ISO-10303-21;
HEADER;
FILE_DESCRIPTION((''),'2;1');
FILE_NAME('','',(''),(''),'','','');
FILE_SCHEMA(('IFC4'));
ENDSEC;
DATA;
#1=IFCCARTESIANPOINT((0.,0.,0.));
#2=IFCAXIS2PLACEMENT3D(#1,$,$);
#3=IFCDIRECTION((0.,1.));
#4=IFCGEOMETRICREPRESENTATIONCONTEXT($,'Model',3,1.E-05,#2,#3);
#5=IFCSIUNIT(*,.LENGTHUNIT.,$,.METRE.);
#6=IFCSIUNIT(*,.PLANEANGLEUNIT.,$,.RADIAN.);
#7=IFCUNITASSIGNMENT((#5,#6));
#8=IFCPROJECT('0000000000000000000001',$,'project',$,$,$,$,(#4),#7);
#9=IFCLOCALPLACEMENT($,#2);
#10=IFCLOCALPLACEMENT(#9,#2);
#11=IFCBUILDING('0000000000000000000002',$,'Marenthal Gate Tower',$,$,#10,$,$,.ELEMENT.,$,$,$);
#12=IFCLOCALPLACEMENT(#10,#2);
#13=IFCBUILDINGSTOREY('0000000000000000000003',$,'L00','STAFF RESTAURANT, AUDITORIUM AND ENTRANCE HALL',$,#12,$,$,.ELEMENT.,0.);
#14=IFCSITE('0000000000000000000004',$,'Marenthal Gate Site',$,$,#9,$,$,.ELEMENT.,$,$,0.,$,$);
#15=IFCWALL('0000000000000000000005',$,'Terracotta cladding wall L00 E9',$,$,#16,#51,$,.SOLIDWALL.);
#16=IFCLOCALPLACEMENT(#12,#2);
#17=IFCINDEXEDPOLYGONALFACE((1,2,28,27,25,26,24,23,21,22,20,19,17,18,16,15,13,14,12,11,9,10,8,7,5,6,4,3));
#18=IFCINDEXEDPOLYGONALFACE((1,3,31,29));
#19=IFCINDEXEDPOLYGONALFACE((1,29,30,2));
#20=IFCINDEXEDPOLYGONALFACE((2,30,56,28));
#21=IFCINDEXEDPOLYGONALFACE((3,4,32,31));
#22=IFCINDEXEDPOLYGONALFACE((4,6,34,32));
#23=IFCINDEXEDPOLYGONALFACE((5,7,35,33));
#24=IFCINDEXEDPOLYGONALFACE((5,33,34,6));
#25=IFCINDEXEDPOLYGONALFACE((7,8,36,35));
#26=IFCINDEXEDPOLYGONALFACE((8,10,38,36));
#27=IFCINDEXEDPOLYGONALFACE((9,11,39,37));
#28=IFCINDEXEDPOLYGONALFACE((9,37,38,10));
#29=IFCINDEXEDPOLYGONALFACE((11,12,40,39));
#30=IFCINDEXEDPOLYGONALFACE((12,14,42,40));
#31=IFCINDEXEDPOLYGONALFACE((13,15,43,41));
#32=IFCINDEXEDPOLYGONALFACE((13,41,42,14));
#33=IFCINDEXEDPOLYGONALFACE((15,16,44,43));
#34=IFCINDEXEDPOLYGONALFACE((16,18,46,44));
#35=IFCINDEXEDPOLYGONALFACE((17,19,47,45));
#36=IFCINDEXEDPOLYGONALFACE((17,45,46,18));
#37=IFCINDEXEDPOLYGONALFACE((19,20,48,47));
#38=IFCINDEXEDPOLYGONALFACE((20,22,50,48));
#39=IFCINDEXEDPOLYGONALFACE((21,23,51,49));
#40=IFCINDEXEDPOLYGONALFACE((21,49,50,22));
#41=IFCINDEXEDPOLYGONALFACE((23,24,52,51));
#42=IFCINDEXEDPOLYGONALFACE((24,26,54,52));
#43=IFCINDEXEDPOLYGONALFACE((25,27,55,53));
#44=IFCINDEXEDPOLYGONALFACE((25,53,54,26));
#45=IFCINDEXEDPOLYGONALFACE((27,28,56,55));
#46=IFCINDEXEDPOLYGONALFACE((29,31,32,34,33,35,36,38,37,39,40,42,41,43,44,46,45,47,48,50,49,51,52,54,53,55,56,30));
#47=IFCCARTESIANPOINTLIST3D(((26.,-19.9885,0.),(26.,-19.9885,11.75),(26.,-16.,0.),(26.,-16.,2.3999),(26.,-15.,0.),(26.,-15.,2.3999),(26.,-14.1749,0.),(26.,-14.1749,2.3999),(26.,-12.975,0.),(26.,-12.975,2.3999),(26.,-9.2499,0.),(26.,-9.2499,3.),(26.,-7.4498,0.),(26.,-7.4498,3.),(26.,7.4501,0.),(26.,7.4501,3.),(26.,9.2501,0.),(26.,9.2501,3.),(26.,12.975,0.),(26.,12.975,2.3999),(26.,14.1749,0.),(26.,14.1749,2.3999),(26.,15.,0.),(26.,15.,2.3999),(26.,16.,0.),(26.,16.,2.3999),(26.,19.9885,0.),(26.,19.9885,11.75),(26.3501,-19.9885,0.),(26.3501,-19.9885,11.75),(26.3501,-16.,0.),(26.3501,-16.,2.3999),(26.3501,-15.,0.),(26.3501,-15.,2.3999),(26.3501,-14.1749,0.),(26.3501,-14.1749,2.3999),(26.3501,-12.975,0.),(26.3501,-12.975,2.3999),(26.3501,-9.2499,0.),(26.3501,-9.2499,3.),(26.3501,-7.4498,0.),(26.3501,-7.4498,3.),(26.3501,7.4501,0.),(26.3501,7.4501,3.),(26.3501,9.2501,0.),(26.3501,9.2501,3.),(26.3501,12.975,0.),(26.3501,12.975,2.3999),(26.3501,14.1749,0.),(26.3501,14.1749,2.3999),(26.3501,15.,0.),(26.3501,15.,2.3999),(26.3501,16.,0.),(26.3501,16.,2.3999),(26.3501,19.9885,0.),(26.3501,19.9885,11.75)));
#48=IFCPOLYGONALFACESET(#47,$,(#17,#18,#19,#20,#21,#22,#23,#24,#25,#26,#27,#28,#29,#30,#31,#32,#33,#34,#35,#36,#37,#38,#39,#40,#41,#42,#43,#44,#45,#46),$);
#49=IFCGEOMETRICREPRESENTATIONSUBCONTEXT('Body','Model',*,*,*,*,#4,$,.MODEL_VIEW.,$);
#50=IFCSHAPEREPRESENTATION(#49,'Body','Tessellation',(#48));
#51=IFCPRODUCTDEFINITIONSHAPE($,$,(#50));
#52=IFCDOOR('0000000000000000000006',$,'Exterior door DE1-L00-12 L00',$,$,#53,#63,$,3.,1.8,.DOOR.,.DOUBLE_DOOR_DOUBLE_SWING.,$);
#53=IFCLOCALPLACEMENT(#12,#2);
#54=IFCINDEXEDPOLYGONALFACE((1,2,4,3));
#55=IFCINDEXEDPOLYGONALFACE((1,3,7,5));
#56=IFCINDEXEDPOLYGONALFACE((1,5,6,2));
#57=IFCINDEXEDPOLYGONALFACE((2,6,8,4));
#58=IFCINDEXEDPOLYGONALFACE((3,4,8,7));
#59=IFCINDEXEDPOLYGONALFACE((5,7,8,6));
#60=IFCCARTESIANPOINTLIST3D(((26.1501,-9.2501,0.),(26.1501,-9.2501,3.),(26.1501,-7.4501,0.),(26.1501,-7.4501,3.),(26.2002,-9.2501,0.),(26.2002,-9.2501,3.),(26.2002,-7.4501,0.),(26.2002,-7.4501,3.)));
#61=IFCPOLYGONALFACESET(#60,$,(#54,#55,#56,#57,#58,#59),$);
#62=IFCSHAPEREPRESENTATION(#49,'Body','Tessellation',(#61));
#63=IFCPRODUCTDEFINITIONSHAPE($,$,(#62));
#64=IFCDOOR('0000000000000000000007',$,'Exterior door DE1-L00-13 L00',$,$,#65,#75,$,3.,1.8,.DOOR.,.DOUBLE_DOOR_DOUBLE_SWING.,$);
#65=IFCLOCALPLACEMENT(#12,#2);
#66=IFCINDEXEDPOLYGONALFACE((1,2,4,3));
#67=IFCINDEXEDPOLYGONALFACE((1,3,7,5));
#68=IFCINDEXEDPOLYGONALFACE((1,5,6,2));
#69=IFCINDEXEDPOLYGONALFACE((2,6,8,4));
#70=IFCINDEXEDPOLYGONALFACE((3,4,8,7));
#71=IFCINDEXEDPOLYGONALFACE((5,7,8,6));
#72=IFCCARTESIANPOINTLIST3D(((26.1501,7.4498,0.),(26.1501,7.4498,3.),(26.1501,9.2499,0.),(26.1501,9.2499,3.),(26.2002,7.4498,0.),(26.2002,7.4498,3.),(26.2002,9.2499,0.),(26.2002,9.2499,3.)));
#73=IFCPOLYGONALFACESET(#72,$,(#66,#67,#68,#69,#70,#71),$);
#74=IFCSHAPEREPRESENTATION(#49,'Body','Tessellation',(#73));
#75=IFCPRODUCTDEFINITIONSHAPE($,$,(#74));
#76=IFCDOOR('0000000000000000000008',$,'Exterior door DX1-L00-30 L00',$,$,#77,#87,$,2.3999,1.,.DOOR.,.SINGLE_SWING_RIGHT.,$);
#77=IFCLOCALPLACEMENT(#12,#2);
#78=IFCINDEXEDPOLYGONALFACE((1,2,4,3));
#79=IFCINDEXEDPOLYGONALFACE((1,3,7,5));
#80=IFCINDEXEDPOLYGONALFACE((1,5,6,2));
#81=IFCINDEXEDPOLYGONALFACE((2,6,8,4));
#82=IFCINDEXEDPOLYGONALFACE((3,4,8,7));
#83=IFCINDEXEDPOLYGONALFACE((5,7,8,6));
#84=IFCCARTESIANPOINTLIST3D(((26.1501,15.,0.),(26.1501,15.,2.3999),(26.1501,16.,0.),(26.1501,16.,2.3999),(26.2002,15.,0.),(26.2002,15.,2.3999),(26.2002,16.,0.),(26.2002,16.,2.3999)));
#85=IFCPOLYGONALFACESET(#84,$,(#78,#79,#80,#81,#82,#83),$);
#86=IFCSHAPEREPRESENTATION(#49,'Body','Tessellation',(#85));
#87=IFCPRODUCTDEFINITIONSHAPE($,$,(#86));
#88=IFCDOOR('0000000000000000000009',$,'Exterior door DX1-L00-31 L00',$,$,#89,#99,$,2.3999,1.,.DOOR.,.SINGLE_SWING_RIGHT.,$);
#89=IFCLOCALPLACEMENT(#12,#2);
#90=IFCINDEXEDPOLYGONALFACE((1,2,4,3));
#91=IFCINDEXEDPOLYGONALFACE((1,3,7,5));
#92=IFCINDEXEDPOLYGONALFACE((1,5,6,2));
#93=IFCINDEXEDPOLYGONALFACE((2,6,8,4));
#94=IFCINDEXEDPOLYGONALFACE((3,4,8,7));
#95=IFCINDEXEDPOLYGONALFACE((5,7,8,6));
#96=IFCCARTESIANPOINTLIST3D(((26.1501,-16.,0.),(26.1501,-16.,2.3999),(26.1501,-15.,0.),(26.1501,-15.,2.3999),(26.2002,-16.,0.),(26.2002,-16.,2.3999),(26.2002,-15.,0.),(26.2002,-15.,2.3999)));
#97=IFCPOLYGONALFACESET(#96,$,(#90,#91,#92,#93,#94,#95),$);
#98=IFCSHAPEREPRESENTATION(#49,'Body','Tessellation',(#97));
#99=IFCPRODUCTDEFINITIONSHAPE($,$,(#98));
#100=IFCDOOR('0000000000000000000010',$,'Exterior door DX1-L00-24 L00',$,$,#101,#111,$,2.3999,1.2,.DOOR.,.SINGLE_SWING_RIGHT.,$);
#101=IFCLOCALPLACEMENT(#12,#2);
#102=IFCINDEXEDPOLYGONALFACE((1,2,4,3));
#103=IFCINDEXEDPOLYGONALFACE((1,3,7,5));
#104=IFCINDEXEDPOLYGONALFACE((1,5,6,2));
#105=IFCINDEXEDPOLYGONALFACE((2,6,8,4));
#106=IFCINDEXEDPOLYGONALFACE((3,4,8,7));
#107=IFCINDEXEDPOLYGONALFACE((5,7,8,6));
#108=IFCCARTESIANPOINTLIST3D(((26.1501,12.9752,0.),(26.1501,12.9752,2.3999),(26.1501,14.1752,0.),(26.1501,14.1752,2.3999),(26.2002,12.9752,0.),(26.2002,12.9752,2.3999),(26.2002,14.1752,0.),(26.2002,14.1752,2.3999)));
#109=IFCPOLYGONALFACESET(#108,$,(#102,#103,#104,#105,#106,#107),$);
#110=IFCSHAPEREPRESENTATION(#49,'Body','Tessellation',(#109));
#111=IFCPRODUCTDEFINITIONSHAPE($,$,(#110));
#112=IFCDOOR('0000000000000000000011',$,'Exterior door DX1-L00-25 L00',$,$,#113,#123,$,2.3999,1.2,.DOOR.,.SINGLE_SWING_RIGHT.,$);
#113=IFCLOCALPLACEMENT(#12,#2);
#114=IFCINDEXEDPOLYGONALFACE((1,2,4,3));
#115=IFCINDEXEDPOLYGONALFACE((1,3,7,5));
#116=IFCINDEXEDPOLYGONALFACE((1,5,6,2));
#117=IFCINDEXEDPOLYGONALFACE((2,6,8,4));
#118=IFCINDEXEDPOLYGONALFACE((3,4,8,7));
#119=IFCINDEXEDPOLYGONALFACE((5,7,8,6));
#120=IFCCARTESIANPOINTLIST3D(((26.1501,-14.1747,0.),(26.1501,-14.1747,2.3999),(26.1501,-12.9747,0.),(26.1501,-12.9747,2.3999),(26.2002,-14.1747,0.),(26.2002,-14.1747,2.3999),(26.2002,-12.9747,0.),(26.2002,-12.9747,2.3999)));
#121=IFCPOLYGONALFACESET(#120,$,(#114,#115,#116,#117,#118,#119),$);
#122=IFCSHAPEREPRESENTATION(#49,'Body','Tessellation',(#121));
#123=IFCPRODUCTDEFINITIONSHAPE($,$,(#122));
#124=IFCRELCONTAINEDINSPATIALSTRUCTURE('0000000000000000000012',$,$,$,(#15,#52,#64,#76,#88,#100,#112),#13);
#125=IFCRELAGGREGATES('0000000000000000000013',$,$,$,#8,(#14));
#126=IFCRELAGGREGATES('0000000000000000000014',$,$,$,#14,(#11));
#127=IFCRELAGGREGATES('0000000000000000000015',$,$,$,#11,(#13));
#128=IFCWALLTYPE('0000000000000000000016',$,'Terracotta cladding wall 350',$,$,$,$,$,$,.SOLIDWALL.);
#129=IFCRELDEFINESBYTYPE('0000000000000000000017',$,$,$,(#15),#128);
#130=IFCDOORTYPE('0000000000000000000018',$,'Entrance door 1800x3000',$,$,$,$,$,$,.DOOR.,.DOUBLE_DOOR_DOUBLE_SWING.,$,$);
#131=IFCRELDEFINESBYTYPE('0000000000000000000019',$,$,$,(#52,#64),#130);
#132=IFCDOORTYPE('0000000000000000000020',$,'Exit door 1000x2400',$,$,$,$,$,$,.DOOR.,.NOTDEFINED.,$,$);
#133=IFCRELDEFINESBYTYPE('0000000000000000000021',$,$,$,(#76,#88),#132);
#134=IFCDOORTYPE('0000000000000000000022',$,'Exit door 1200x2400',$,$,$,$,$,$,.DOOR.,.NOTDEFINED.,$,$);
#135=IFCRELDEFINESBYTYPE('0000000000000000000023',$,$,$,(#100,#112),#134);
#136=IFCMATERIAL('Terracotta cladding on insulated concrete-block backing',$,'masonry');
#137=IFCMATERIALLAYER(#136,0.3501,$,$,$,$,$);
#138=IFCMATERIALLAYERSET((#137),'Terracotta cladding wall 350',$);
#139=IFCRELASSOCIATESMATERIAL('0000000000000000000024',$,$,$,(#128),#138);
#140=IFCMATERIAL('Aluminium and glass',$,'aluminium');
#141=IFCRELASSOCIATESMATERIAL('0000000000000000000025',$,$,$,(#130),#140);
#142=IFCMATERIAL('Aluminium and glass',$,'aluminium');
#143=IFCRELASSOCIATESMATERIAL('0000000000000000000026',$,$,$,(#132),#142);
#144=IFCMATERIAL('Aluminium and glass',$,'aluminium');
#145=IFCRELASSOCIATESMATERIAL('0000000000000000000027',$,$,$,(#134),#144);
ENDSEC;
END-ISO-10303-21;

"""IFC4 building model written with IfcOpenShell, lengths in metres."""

from ifc_helpers import new_model, si_unit, direction, frame, frame_2d, origin, place, context, subcontext, project, spatial, rectangle, extrude, material, layer, layer_set, type_object, element, fill, save


model = new_model("IFC4")

# Units and contexts
model_context = context("Model", 3, precision=1e-05, world=origin(), true_north=direction((0.0, 1.0)))
body_context = subcontext(model_context, "Body", "Model", "MODEL_VIEW")
ifc_project = project(units=[si_unit("LENGTHUNIT", "METRE"), si_unit("PLANEANGLEUNIT", "RADIAN")], contexts=[model_context])

# Site, building, storey
site_placement = place(None, origin())
site = spatial("IfcSite", under=ifc_project, at=site_placement, Name="Marenthal Gate Site", CompositionType="ELEMENT", RefElevation=0.0)
building_placement = place(site_placement, origin())
building = spatial("IfcBuilding", under=site, at=building_placement, Name="Marenthal Gate Tower", CompositionType="ELEMENT")
storey_placement = place(building_placement, origin())
storey = spatial("IfcBuildingStorey", under=building, at=storey_placement, Name="L00", Description="STAFF RESTAURANT, AUDITORIUM AND ENTRANCE HALL", CompositionType="ELEMENT", Elevation=0.0)

# Shared definitions
ifc_material_1 = material(Name="Terracotta cladding on insulated concrete-block backing", Category="masonry")
ifc_layer_1 = layer(ifc_material_1, 0.3501)
ifc_layer_set_1 = layer_set([ifc_layer_1], Name="Terracotta cladding wall 350")
wall_type_1 = type_object("IfcWallType", Name="Terracotta cladding wall 350", PredefinedType="SOLIDWALL", material=ifc_layer_set_1)

# Wall, openings, doors
wall_1_placement = place(storey_placement, frame((26.175, 19.9885, 0.0), z_axis=(0.0, 0.0, 1.0), x_axis=(0.0, -1.0, 0.0)))
wall_1 = element("IfcWall", 1, at=wall_1_placement, inside=storey, type_object=wall_type_1, Name="Terracotta cladding wall L00 E9", PredefinedType="SOLIDWALL", context=body_context, shape_type="SweptSolid", body=[
    extrude(rectangle(XDim=39.9771, YDim=0.3501, at=frame_2d((19.9885, 0.0))), origin(), (0.0, 0.0, 1.0), 11.75),
])
opening_1_placement = place(wall_1_placement, frame((27.4385, 0.0, 0.0)))
opening_1 = element("IfcOpeningElement", 2, at=opening_1_placement, cuts=wall_1, PredefinedType="OPENING", context=body_context, shape_type="SweptSolid", body=[
    extrude(rectangle(XDim=1.8, YDim=3.0, at=frame_2d((0.8999, 1.5))), frame((0.0, 0.1851, 0.0), z_axis=(0.0, -1.0, 0.0), x_axis=(1.0, 0.0, 0.0)), (0.0, 0.0, 1.0), 0.3701),
])
opening_2_placement = place(wall_1_placement, frame((10.7385, 0.0, 0.0)))
opening_2 = element("IfcOpeningElement", 3, at=opening_2_placement, cuts=wall_1, PredefinedType="OPENING", context=body_context, shape_type="SweptSolid", body=[
    extrude(rectangle(XDim=1.8, YDim=3.0, at=frame_2d((0.8999, 1.5))), frame((0.0, 0.1851, 0.0), z_axis=(0.0, -1.0, 0.0), x_axis=(1.0, 0.0, 0.0)), (0.0, 0.0, 1.0), 0.3701),
])
opening_3_placement = place(wall_1_placement, frame((5.8135, 0.0, 0.0)))
opening_3 = element("IfcOpeningElement", 4, at=opening_3_placement, cuts=wall_1, PredefinedType="OPENING", context=body_context, shape_type="SweptSolid", body=[
    extrude(rectangle(XDim=1.2, YDim=2.3999, at=frame_2d((0.6001, 1.2))), frame((0.0, 0.1851, 0.0), z_axis=(0.0, -1.0, 0.0), x_axis=(1.0, 0.0, 0.0)), (0.0, 0.0, 1.0), 0.3701),
])
opening_4_placement = place(wall_1_placement, frame((32.9634, 0.0, 0.0)))
opening_4 = element("IfcOpeningElement", 5, at=opening_4_placement, cuts=wall_1, PredefinedType="OPENING", context=body_context, shape_type="SweptSolid", body=[
    extrude(rectangle(XDim=1.2, YDim=2.3999, at=frame_2d((0.6001, 1.2))), frame((0.0, 0.1851, 0.0), z_axis=(0.0, -1.0, 0.0), x_axis=(1.0, 0.0, 0.0)), (0.0, 0.0, 1.0), 0.3701),
])
opening_5_placement = place(wall_1_placement, frame((3.9885, 0.0, 0.0)))
opening_5 = element("IfcOpeningElement", 6, at=opening_5_placement, cuts=wall_1, PredefinedType="OPENING", context=body_context, shape_type="SweptSolid", body=[
    extrude(rectangle(XDim=1.0, YDim=2.3999, at=frame_2d((0.5, 1.2))), frame((0.0, 0.1851, 0.0), z_axis=(0.0, -1.0, 0.0), x_axis=(1.0, 0.0, 0.0)), (0.0, 0.0, 1.0), 0.3701),
])
opening_6_placement = place(wall_1_placement, frame((34.9885, 0.0, 0.0)))
opening_6 = element("IfcOpeningElement", 7, at=opening_6_placement, cuts=wall_1, PredefinedType="OPENING", context=body_context, shape_type="SweptSolid", body=[
    extrude(rectangle(XDim=1.0, YDim=2.3999, at=frame_2d((0.5, 1.2))), frame((0.0, 0.1851, 0.0), z_axis=(0.0, -1.0, 0.0), x_axis=(1.0, 0.0, 0.0)), (0.0, 0.0, 1.0), 0.3701),
])
ifc_material_2 = material(Name="Aluminium and glass", Category="aluminium")
door_type_1 = type_object("IfcDoorType", Name="Entrance door 1800x3000", OperationType="DOUBLE_DOOR_DOUBLE_SWING", PredefinedType="DOOR", material=ifc_material_2)
door_1_placement = place(opening_1_placement, frame((1.8, 0.0, 0.0), z_axis=(0.0, 0.0, 1.0), x_axis=(-1.0, 0.0, 0.0)))
door_1 = element("IfcDoor", 8, at=door_1_placement, inside=storey, type_object=door_type_1, Name="Exterior door DE1-L00-12 L00", OperationType="DOUBLE_DOOR_DOUBLE_SWING", OverallHeight=3.0, OverallWidth=1.8, PredefinedType="DOOR", context=body_context, shape_type="SweptSolid", body=[
    extrude(rectangle(XDim=1.8, YDim=3.0, at=frame_2d((0.8999, 1.5))), frame((0.0, 0.0249, 0.0), z_axis=(0.0, -1.0, 0.0), x_axis=(1.0, 0.0, 0.0)), (0.0, 0.0, 1.0), 0.05),
])
fill(opening_1, door_1)
door_2_placement = place(opening_2_placement, frame((1.8, 0.0, 0.0), z_axis=(0.0, 0.0, 1.0), x_axis=(-1.0, 0.0, 0.0)))
door_2 = element("IfcDoor", 9, at=door_2_placement, inside=storey, type_object=door_type_1, Name="Exterior door DE1-L00-13 L00", OperationType="DOUBLE_DOOR_DOUBLE_SWING", OverallHeight=3.0, OverallWidth=1.8, PredefinedType="DOOR", context=body_context, shape_type="SweptSolid", body=[
    extrude(rectangle(XDim=1.8, YDim=3.0, at=frame_2d((0.8999, 1.5))), frame((0.0, 0.0249, 0.0), z_axis=(0.0, -1.0, 0.0), x_axis=(1.0, 0.0, 0.0)), (0.0, 0.0, 1.0), 0.05),
])
fill(opening_2, door_2)
ifc_material_3 = material(Name="Aluminium and glass", Category="aluminium")
door_type_2 = type_object("IfcDoorType", Name="Exit door 1000x2400", OperationType="NOTDEFINED", PredefinedType="DOOR", material=ifc_material_3)
door_3_placement = place(opening_5_placement, frame((1.0, 0.0, 0.0), z_axis=(0.0, 0.0, 1.0), x_axis=(-1.0, 0.0, 0.0)))
door_3 = element("IfcDoor", 10, at=door_3_placement, inside=storey, type_object=door_type_2, Name="Exterior door DX1-L00-30 L00", OperationType="SINGLE_SWING_RIGHT", OverallHeight=2.3999, OverallWidth=1.0, PredefinedType="DOOR", context=body_context, shape_type="SweptSolid", body=[
    extrude(rectangle(XDim=1.0, YDim=2.3999, at=frame_2d((0.5, 1.2))), frame((0.0, 0.0249, 0.0), z_axis=(0.0, -1.0, 0.0), x_axis=(1.0, 0.0, 0.0)), (0.0, 0.0, 1.0), 0.05),
])
fill(opening_5, door_3)
door_4_placement = place(opening_6_placement, frame((1.0, 0.0, 0.0), z_axis=(0.0, 0.0, 1.0), x_axis=(-1.0, 0.0, 0.0)))
door_4 = element("IfcDoor", 11, at=door_4_placement, inside=storey, type_object=door_type_2, Name="Exterior door DX1-L00-31 L00", OperationType="SINGLE_SWING_RIGHT", OverallHeight=2.3999, OverallWidth=1.0, PredefinedType="DOOR", context=body_context, shape_type="SweptSolid", body=[
    extrude(rectangle(XDim=1.0, YDim=2.3999, at=frame_2d((0.5, 1.2))), frame((0.0, 0.0249, 0.0), z_axis=(0.0, -1.0, 0.0), x_axis=(1.0, 0.0, 0.0)), (0.0, 0.0, 1.0), 0.05),
])
fill(opening_6, door_4)
ifc_material_4 = material(Name="Aluminium and glass", Category="aluminium")
door_type_3 = type_object("IfcDoorType", Name="Exit door 1200x2400", OperationType="NOTDEFINED", PredefinedType="DOOR", material=ifc_material_4)
door_5_placement = place(opening_3_placement, frame((1.2, 0.0, 0.0), z_axis=(0.0, 0.0, 1.0), x_axis=(-1.0, 0.0, 0.0)))
door_5 = element("IfcDoor", 12, at=door_5_placement, inside=storey, type_object=door_type_3, Name="Exterior door DX1-L00-24 L00", OperationType="SINGLE_SWING_RIGHT", OverallHeight=2.3999, OverallWidth=1.2, PredefinedType="DOOR", context=body_context, shape_type="SweptSolid", body=[
    extrude(rectangle(XDim=1.2, YDim=2.3999, at=frame_2d((0.6001, 1.2))), frame((0.0, 0.0249, 0.0), z_axis=(0.0, -1.0, 0.0), x_axis=(1.0, 0.0, 0.0)), (0.0, 0.0, 1.0), 0.05),
])
fill(opening_3, door_5)
door_6_placement = place(opening_4_placement, frame((1.2, 0.0, 0.0), z_axis=(0.0, 0.0, 1.0), x_axis=(-1.0, 0.0, 0.0)))
door_6 = element("IfcDoor", 13, at=door_6_placement, inside=storey, type_object=door_type_3, Name="Exterior door DX1-L00-25 L00", OperationType="SINGLE_SWING_RIGHT", OverallHeight=2.3999, OverallWidth=1.2, PredefinedType="DOOR", context=body_context, shape_type="SweptSolid", body=[
    extrude(rectangle(XDim=1.2, YDim=2.3999, at=frame_2d((0.6001, 1.2))), frame((0.0, 0.0249, 0.0), z_axis=(0.0, -1.0, 0.0), x_axis=(1.0, 0.0, 0.0)), (0.0, 0.0, 1.0), 0.05),
])
fill(opening_4, door_6)

save(model, "model.ifc")
